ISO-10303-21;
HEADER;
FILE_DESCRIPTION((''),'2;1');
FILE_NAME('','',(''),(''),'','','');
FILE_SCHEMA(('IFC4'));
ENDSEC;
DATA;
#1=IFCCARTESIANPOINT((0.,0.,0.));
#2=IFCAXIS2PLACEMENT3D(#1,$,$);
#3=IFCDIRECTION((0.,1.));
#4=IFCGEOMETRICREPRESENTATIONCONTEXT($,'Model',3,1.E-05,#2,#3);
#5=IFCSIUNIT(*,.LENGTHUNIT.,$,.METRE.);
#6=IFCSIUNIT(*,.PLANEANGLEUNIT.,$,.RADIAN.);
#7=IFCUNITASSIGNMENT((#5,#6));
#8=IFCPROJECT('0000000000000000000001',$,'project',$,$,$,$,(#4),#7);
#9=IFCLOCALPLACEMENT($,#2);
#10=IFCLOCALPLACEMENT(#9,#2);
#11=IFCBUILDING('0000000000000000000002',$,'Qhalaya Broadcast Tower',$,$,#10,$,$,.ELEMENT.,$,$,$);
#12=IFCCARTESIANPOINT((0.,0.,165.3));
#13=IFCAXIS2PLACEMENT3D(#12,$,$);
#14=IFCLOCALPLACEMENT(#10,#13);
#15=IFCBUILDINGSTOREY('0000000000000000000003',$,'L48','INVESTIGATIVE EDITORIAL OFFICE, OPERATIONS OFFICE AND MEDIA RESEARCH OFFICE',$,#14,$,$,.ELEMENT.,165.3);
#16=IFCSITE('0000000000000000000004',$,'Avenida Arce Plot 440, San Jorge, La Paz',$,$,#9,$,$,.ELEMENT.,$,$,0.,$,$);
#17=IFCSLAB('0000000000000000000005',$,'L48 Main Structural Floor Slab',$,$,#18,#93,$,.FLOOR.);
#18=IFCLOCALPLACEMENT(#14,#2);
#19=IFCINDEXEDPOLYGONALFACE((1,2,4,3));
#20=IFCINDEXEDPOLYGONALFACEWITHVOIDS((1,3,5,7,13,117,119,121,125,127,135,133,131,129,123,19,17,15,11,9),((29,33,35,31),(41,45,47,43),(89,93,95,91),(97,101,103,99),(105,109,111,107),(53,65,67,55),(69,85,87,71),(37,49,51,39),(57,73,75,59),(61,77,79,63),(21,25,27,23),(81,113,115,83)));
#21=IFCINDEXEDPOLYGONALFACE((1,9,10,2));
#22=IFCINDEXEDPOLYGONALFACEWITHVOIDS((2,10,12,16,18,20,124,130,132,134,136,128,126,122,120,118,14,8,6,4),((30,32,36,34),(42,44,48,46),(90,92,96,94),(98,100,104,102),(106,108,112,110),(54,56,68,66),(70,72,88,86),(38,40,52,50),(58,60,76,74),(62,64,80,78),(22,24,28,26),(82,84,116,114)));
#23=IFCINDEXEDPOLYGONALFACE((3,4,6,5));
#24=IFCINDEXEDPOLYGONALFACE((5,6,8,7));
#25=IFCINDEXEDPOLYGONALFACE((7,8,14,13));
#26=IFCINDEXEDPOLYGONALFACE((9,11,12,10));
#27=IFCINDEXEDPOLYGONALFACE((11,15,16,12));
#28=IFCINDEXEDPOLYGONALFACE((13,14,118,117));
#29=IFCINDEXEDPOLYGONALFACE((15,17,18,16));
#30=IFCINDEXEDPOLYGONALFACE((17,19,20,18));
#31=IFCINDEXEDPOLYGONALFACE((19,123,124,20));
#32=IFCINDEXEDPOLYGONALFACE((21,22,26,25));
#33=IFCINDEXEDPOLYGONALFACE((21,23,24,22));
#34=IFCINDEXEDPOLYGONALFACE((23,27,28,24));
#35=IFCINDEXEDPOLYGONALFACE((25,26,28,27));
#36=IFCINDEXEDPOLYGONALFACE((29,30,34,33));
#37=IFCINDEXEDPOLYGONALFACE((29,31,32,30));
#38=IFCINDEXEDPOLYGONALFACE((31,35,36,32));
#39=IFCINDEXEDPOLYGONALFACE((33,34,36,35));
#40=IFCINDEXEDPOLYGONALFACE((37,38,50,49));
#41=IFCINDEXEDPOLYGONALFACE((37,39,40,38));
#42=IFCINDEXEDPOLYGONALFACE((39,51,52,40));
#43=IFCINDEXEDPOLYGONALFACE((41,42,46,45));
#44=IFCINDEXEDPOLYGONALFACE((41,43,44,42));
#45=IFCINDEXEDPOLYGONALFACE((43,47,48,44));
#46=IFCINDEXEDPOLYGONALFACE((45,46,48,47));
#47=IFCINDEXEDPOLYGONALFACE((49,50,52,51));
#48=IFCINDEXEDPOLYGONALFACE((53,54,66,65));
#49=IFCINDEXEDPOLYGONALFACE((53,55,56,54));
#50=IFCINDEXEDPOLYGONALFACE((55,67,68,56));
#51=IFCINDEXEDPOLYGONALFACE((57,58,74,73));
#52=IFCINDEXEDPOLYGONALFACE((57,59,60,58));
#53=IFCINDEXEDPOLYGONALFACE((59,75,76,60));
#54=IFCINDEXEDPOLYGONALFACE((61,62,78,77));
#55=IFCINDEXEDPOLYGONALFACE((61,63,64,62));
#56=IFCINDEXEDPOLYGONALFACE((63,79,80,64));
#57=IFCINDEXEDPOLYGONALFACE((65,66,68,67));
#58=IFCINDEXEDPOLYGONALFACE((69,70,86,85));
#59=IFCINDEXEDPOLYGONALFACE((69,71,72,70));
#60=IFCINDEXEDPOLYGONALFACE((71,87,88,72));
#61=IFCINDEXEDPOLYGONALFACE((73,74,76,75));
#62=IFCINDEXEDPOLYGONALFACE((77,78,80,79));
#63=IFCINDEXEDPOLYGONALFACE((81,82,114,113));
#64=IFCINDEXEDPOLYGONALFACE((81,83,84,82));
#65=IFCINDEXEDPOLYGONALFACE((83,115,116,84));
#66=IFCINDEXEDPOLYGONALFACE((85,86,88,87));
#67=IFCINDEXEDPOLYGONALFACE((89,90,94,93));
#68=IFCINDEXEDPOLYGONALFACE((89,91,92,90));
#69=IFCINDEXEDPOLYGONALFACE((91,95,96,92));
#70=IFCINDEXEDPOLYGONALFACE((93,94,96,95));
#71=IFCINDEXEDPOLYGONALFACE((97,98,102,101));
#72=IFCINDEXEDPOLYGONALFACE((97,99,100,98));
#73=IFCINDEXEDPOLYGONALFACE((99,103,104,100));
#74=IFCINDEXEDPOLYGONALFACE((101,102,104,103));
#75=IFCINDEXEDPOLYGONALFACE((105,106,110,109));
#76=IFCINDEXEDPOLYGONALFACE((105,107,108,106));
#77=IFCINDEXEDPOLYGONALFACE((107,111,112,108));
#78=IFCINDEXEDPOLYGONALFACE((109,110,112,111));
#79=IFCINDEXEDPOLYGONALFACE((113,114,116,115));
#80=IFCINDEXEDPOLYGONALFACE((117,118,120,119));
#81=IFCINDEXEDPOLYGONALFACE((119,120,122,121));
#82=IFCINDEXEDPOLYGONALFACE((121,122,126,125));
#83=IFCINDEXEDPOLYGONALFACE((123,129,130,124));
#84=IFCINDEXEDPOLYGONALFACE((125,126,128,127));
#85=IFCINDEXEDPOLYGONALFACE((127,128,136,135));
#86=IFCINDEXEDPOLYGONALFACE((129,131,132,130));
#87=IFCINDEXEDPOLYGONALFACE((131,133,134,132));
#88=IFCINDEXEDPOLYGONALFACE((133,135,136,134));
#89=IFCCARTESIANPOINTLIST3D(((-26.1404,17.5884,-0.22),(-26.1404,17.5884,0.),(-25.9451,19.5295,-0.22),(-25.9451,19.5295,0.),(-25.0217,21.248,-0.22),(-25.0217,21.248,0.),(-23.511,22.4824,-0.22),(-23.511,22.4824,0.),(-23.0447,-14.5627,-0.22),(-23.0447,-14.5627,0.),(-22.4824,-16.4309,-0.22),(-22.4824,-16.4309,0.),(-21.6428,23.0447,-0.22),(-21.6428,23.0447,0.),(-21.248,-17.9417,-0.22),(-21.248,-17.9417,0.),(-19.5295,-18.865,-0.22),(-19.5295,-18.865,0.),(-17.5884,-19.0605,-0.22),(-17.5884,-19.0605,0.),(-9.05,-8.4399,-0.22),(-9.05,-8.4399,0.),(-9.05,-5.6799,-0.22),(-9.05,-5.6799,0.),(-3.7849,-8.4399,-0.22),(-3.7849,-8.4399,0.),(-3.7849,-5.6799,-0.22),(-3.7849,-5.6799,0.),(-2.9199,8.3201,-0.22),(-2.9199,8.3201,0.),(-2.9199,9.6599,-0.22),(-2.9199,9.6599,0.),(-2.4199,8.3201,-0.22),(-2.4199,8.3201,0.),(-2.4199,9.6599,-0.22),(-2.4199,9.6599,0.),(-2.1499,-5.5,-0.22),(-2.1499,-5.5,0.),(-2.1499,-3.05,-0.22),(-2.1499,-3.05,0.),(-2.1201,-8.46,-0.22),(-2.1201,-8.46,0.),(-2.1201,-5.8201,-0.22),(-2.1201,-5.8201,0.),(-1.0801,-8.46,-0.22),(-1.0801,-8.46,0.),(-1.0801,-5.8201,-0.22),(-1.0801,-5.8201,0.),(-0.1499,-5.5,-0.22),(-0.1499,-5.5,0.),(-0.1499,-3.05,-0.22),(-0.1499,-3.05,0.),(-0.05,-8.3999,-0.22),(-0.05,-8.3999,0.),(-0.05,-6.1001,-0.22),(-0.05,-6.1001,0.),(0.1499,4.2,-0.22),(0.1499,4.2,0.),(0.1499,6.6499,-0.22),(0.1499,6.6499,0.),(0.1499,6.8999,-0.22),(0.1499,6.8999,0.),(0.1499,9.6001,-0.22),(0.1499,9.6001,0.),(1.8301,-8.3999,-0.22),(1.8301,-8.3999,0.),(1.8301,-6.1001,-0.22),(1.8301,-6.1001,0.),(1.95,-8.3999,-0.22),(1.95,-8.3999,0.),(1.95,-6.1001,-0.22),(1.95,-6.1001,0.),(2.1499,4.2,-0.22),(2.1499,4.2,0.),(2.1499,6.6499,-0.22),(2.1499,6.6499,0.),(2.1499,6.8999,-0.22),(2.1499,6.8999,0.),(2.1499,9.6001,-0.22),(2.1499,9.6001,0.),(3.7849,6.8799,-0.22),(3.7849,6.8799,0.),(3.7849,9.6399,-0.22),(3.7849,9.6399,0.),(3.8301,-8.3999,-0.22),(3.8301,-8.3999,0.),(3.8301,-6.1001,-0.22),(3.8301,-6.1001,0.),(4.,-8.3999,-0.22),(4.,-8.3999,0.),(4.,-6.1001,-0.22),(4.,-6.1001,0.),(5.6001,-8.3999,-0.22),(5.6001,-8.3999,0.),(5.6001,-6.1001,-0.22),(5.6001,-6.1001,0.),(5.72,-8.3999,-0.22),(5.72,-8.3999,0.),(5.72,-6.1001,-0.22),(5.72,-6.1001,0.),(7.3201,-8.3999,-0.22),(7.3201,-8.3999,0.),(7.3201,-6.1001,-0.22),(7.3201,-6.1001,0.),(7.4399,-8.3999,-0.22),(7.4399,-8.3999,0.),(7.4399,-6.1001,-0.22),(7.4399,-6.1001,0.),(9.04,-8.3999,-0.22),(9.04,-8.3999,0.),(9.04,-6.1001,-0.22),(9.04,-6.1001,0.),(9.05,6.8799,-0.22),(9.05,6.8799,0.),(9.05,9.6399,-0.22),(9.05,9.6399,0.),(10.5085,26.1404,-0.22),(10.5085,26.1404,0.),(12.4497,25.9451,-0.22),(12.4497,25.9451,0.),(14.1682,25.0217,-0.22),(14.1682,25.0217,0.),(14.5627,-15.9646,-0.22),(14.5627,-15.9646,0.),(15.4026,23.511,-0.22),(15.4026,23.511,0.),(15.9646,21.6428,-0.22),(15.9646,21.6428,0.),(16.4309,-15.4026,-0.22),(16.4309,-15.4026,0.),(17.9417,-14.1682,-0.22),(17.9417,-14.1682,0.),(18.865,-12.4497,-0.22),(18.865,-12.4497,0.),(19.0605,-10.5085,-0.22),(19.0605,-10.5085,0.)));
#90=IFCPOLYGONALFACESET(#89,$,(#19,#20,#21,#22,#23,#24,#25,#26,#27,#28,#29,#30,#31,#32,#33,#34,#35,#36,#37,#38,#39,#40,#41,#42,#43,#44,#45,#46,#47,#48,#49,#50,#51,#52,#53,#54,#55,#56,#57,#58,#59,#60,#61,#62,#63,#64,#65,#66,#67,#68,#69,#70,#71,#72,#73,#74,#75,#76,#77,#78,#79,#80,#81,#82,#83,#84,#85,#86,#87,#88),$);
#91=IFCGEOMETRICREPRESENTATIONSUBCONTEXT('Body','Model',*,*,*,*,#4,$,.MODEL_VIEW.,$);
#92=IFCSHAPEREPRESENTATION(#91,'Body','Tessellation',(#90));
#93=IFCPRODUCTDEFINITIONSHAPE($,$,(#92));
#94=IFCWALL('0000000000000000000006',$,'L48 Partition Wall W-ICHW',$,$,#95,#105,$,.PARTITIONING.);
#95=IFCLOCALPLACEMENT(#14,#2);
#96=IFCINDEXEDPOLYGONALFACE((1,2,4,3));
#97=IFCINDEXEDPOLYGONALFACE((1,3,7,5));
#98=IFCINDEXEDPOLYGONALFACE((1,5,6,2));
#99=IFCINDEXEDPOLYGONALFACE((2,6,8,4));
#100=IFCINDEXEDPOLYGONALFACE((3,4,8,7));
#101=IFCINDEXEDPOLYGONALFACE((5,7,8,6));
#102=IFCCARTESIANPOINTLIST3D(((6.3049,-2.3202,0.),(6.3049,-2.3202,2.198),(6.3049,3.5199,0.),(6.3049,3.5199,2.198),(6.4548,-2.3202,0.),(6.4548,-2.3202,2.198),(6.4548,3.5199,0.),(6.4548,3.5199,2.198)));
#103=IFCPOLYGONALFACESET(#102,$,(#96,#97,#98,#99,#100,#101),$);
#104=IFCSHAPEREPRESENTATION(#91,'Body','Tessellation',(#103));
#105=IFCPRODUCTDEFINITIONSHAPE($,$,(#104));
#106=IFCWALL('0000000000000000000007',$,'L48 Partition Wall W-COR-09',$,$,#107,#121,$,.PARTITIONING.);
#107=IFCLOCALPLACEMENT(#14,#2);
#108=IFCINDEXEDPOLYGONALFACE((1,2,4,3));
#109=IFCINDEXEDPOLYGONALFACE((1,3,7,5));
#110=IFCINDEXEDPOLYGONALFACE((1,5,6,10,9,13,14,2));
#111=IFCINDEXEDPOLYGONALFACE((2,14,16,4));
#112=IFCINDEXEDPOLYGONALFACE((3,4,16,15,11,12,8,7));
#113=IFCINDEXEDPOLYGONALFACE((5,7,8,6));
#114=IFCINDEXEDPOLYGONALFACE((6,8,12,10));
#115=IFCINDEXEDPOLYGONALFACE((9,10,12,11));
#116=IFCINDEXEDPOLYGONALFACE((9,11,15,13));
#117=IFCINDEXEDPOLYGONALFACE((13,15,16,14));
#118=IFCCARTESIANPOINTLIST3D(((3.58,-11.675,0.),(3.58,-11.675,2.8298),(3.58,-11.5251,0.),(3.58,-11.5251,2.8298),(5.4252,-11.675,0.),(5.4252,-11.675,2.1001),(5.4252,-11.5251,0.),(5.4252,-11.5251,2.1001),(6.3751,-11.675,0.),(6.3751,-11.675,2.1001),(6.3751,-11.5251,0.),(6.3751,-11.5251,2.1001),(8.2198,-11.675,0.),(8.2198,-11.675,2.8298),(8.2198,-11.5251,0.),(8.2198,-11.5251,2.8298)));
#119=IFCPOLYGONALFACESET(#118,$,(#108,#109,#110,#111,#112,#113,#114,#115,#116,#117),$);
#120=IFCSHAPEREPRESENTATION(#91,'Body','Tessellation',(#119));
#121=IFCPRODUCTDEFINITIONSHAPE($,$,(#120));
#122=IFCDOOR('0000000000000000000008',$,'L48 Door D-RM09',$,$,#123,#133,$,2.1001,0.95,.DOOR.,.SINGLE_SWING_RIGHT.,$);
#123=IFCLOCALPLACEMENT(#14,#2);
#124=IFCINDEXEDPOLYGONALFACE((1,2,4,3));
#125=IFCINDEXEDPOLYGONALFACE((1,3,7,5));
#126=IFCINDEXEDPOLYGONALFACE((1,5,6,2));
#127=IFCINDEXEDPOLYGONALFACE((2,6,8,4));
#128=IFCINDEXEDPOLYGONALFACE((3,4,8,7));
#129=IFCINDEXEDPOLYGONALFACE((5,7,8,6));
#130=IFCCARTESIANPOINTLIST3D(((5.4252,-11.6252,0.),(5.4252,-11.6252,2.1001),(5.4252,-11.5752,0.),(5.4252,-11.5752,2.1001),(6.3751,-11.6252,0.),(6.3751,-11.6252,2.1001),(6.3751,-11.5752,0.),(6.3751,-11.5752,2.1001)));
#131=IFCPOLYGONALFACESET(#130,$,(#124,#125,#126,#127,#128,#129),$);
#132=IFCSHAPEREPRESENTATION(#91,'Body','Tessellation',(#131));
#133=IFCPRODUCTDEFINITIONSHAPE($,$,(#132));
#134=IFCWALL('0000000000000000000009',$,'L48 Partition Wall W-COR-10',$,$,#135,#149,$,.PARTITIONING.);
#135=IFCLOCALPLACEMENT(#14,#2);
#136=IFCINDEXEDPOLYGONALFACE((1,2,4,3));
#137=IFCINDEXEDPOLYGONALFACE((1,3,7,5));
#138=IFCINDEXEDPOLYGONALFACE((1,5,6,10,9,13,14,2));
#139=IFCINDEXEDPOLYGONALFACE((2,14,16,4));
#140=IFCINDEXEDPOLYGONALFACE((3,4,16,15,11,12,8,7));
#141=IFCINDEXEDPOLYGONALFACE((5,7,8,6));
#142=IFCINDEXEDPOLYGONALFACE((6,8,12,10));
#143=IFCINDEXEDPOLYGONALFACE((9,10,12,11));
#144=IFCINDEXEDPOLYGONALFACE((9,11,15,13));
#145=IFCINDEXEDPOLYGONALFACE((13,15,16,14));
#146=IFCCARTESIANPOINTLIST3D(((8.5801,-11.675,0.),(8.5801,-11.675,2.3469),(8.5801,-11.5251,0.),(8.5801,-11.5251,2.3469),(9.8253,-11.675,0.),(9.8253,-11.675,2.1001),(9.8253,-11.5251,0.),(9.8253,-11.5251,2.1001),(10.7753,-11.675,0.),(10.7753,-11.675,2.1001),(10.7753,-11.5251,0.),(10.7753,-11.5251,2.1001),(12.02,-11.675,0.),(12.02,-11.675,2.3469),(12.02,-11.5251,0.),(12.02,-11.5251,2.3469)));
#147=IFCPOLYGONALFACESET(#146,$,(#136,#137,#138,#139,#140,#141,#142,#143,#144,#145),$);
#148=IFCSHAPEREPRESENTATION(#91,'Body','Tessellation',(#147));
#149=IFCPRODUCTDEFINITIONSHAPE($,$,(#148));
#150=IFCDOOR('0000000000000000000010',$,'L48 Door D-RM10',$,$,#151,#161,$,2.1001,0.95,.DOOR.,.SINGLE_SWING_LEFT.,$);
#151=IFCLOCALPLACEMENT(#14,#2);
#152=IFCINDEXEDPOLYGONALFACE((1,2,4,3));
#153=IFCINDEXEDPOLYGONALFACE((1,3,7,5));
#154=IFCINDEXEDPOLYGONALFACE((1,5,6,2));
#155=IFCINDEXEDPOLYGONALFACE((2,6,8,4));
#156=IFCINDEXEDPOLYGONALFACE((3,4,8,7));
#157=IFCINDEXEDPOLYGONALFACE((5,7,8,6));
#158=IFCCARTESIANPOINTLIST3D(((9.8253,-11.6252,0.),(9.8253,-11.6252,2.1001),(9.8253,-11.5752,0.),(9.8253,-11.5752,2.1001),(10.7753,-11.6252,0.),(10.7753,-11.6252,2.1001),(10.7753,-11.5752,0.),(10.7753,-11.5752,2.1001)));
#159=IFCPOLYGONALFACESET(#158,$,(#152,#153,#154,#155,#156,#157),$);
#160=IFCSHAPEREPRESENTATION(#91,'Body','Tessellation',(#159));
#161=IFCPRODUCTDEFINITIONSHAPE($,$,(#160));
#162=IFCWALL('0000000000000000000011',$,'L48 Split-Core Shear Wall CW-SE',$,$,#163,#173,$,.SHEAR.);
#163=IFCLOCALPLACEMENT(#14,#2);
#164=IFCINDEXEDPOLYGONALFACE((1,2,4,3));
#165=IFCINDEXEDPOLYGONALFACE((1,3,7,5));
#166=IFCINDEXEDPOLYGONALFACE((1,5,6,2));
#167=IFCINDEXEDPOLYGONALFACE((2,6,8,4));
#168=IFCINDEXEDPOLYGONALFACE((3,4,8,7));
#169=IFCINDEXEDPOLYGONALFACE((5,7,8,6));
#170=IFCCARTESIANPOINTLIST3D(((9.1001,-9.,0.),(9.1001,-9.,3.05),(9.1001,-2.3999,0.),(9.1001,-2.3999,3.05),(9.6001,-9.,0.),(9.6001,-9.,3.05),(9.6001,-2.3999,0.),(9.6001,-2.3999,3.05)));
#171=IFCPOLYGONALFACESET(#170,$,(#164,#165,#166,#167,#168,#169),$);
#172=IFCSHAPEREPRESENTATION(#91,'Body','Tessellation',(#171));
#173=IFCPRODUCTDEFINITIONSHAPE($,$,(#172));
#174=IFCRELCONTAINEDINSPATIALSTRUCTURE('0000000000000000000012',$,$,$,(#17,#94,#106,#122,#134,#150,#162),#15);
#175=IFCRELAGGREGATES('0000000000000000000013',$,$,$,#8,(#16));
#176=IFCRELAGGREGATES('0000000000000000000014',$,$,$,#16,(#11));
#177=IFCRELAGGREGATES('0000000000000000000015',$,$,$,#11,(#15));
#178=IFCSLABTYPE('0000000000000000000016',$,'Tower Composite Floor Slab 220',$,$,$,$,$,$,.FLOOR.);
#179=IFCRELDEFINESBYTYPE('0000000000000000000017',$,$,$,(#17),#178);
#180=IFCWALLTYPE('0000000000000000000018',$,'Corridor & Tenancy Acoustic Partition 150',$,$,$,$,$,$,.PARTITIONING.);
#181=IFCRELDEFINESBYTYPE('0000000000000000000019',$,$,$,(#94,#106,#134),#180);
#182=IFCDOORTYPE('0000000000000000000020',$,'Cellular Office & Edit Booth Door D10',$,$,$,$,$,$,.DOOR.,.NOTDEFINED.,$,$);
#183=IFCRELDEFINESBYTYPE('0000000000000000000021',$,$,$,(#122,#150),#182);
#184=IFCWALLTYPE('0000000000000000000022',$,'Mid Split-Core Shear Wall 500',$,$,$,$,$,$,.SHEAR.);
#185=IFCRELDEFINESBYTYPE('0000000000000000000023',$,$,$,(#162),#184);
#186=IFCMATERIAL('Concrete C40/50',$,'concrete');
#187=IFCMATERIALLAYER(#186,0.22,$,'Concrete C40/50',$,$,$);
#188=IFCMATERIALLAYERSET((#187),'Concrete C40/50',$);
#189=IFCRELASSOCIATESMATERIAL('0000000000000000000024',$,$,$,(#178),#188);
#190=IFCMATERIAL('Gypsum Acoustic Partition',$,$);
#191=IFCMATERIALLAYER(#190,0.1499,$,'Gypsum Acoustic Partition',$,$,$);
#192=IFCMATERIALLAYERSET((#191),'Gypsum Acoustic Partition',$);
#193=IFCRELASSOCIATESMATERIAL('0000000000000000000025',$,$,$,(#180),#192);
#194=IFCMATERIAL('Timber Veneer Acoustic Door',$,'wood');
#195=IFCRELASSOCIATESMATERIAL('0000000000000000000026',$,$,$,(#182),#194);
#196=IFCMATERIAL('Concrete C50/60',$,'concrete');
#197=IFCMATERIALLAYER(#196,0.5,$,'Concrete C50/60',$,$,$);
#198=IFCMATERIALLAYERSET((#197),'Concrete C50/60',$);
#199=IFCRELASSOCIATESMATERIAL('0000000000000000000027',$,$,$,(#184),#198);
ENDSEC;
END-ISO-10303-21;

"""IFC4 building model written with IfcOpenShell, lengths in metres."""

from ifc_helpers import new_model, si_unit, direction, frame, frame_2d, origin, place, context, subcontext, project, spatial, polyline, rectangle, outline, extrude, material, layer, layer_set, type_object, element, fill, save


model = new_model("IFC4")

# Units and contexts
model_context = context("Model", 3, precision=1e-05, world=origin(), true_north=direction((0.0, 1.0)))
body_context = subcontext(model_context, "Body", "Model", "MODEL_VIEW")
ifc_project = project(units=[si_unit("LENGTHUNIT", "METRE"), si_unit("PLANEANGLEUNIT", "RADIAN")], contexts=[model_context])

# Site, building, storey
site_placement = place(None, origin())
site = spatial("IfcSite", under=ifc_project, at=site_placement, Name="Avenida Arce Plot 440, San Jorge, La Paz", CompositionType="ELEMENT", RefElevation=0.0)
building_placement = place(site_placement, origin())
building = spatial("IfcBuilding", under=site, at=building_placement, Name="Qhalaya Broadcast Tower", CompositionType="ELEMENT")
storey_placement = place(building_placement, frame((0.0, 0.0, 165.3)))
storey = spatial("IfcBuildingStorey", under=building, at=storey_placement, Name="L48", Description="INVESTIGATIVE EDITORIAL OFFICE, OPERATIONS OFFICE AND MEDIA RESEARCH OFFICE", CompositionType="ELEMENT", Elevation=165.3)

# Shared definitions
ifc_material_1 = material(Name="Concrete C50/60", Category="concrete")

# Shared definitions
ifc_material_2 = material(Name="Concrete C40/50", Category="concrete")

# Slab
ifc_layer_1 = layer(ifc_material_2, 0.22, Name="Concrete C40/50")
ifc_layer_set_1 = layer_set([ifc_layer_1], Name="Concrete C40/50")
slab_type_1 = type_object("IfcSlabType", Name="Tower Composite Floor Slab 220", PredefinedType="FLOOR", material=ifc_layer_set_1)
slab_1_placement = place(storey_placement, frame((0.0, 0.0, -0.22)))
element("IfcSlab", 1, at=slab_1_placement, inside=storey, type_object=slab_type_1, Name="L48 Main Structural Floor Slab", PredefinedType="FLOOR", context=body_context, shape_type="SweptSolid", body=[
    extrude(outline(polyline([(14.5627, -15.9646), (16.4309, -15.4026), (17.9417, -14.1682), (18.865, -12.4497), (19.0605, -10.5085), (15.9646, 21.6428), (15.4026, 23.511), (14.1682, 25.0217), (12.4497, 25.9451), (10.5085, 26.1404), (-21.6428, 23.0447), (-23.511, 22.4824), (-25.0217, 21.248), (-25.9451, 19.5295), (-26.1404, 17.5884), (-23.0447, -14.5627), (-22.4824, -16.4309), (-21.248, -17.9417), (-19.5295, -18.865), (-17.5884, -19.0605), (14.5627, -15.9646)]), holes=[polyline([(3.7849, 9.6399), (9.05, 9.6399), (9.05, 6.8799), (3.7849, 6.8799), (3.7849, 9.6399)]), polyline([(-3.7849, -8.4399), (-9.05, -8.4399), (-9.05, -5.6799), (-3.7849, -5.6799), (-3.7849, -8.4399)]), polyline([(0.1499, 6.6499), (2.1499, 6.6499), (2.1499, 4.2), (0.1499, 4.2), (0.1499, 6.6499)]), polyline([(0.1499, 9.6001), (2.1499, 9.6001), (2.1499, 6.8999), (0.1499, 6.8999), (0.1499, 9.6001)]), polyline([(-2.1499, -3.05), (-0.1499, -3.05), (-0.1499, -5.5), (-2.1499, -5.5), (-2.1499, -3.05)]), polyline([(-0.05, -6.1001), (1.8301, -6.1001), (1.8301, -8.3999), (-0.05, -8.3999), (-0.05, -6.1001)]), polyline([(1.95, -6.1001), (3.8301, -6.1001), (3.8301, -8.3999), (1.95, -8.3999), (1.95, -6.1001)]), polyline([(4.0, -6.1001), (5.6001, -6.1001), (5.6001, -8.3999), (4.0, -8.3999), (4.0, -6.1001)]), polyline([(5.72, -6.1001), (7.3201, -6.1001), (7.3201, -8.3999), (5.72, -8.3999), (5.72, -6.1001)]), polyline([(7.4399, -6.1001), (9.04, -6.1001), (9.04, -8.3999), (7.4399, -8.3999), (7.4399, -6.1001)]), polyline([(-2.9199, 9.6599), (-2.4199, 9.6599), (-2.4199, 8.3201), (-2.9199, 8.3201), (-2.9199, 9.6599)]), polyline([(-2.1201, -5.8201), (-1.0801, -5.8201), (-1.0801, -8.46), (-2.1201, -8.46), (-2.1201, -5.8201)])]), origin(), (0.0, 0.0, 1.0), 0.22),
])

# Wall
ifc_material_3 = material(Name="Gypsum Acoustic Partition")
ifc_layer_2 = layer(ifc_material_3, 0.1499, Name="Gypsum Acoustic Partition")
ifc_layer_set_2 = layer_set([ifc_layer_2], Name="Gypsum Acoustic Partition")
wall_type_1 = type_object("IfcWallType", Name="Corridor & Tenancy Acoustic Partition 150", PredefinedType="PARTITIONING", material=ifc_layer_set_2)
wall_1_placement = place(storey_placement, frame((6.3799, -2.3201, 0.0), z_axis=(0.0, 0.0, 1.0), x_axis=(0.0, 1.0, 0.0)))
element("IfcWall", 2, at=wall_1_placement, inside=storey, type_object=wall_type_1, Name="L48 Partition Wall W-ICHW", PredefinedType="PARTITIONING", context=body_context, shape_type="SweptSolid", body=[
    extrude(rectangle(XDim=5.8401, YDim=0.1499, at=frame_2d((2.9199, 0.0))), origin(), (0.0, 0.0, 1.0), 2.198),
])

# Walls, openings, doors
wall_2_placement = place(storey_placement, frame((3.5801, -11.6001, 0.0), z_axis=(0.0, 0.0, 1.0), x_axis=(1.0, 0.0, 0.0)))
wall_2 = element("IfcWall", 3, at=wall_2_placement, inside=storey, type_object=wall_type_1, Name="L48 Partition Wall W-COR-09", PredefinedType="PARTITIONING", context=body_context, shape_type="SweptSolid", body=[
    extrude(rectangle(XDim=4.6399, YDim=0.1499, at=frame_2d((2.3198, 0.0))), origin(), (0.0, 0.0, 1.0), 2.8298),
])
opening_1_placement = place(wall_2_placement, frame((1.845, 0.0, 0.0)))
opening_1 = element("IfcOpeningElement", 4, at=opening_1_placement, cuts=wall_2, PredefinedType="OPENING", context=body_context, shape_type="SweptSolid", body=[
    extrude(rectangle(XDim=0.95, YDim=2.1001, at=frame_2d((0.4751, 1.05))), frame((0.0, 0.0869, 0.0), z_axis=(0.0, -1.0, 0.0), x_axis=(1.0, 0.0, 0.0)), (0.0, 0.0, 1.0), 0.1738),
])
ifc_material_4 = material(Name="Timber Veneer Acoustic Door", Category="wood")
door_type_1 = type_object("IfcDoorType", Name="Cellular Office & Edit Booth Door D10", OperationType="NOTDEFINED", PredefinedType="DOOR", material=ifc_material_4)
door_1_placement = place(opening_1_placement, origin())
door_1 = element("IfcDoor", 5, at=door_1_placement, inside=storey, type_object=door_type_1, Name="L48 Door D-RM09", OperationType="SINGLE_SWING_RIGHT", OverallHeight=2.1001, OverallWidth=0.95, PredefinedType="DOOR", context=body_context, shape_type="SweptSolid", body=[
    extrude(rectangle(XDim=0.95, YDim=2.1001, at=frame_2d((0.4751, 1.05))), frame((0.0, 0.0249, 0.0), z_axis=(0.0, -1.0, 0.0), x_axis=(1.0, 0.0, 0.0)), (0.0, 0.0, 1.0), 0.05),
])
fill(opening_1, door_1)
wall_3_placement = place(storey_placement, frame((8.5801, -11.6001, 0.0), z_axis=(0.0, 0.0, 1.0), x_axis=(1.0, 0.0, 0.0)))
wall_3 = element("IfcWall", 6, at=wall_3_placement, inside=storey, type_object=wall_type_1, Name="L48 Partition Wall W-COR-10", PredefinedType="PARTITIONING", context=body_context, shape_type="SweptSolid", body=[
    extrude(rectangle(XDim=3.4399, YDim=0.1499, at=frame_2d((1.72, 0.0))), origin(), (0.0, 0.0, 1.0), 2.3469),
])
opening_2_placement = place(wall_3_placement, frame((1.2451, 0.0, 0.0)))
opening_2 = element("IfcOpeningElement", 7, at=opening_2_placement, cuts=wall_3, PredefinedType="OPENING", context=body_context, shape_type="SweptSolid", body=[
    extrude(rectangle(XDim=0.95, YDim=2.1001, at=frame_2d((0.4751, 1.05))), frame((0.0, 0.0869, 0.0), z_axis=(0.0, -1.0, 0.0), x_axis=(1.0, 0.0, 0.0)), (0.0, 0.0, 1.0), 0.1738),
])
door_2_placement = place(opening_2_placement, origin())
door_2 = element("IfcDoor", 8, at=door_2_placement, inside=storey, type_object=door_type_1, Name="L48 Door D-RM10", OperationType="SINGLE_SWING_LEFT", OverallHeight=2.1001, OverallWidth=0.95, PredefinedType="DOOR", context=body_context, shape_type="SweptSolid", body=[
    extrude(rectangle(XDim=0.95, YDim=2.1001, at=frame_2d((0.4751, 1.05))), frame((0.0, 0.0249, 0.0), z_axis=(0.0, -1.0, 0.0), x_axis=(1.0, 0.0, 0.0)), (0.0, 0.0, 1.0), 0.05),
])
fill(opening_2, door_2)

# Wall
ifc_layer_3 = layer(ifc_material_1, 0.5, Name="Concrete C50/60")
ifc_layer_set_3 = layer_set([ifc_layer_3], Name="Concrete C50/60")
wall_type_2 = type_object("IfcWallType", Name="Mid Split-Core Shear Wall 500", PredefinedType="SHEAR", material=ifc_layer_set_3)
wall_4_placement = place(storey_placement, frame((9.3501, -9.0, 0.0), z_axis=(0.0, 0.0, 1.0), x_axis=(0.0, 1.0, 0.0)))
element("IfcWall", 9, at=wall_4_placement, inside=storey, type_object=wall_type_2, Name="L48 Split-Core Shear Wall CW-SE", PredefinedType="SHEAR", context=body_context, shape_type="SweptSolid", body=[
    extrude(rectangle(XDim=6.6001, YDim=0.5, at=frame_2d((3.3, 0.0))), origin(), (0.0, 0.0, 1.0), 3.05),
])

save(model, "model.ifc")
